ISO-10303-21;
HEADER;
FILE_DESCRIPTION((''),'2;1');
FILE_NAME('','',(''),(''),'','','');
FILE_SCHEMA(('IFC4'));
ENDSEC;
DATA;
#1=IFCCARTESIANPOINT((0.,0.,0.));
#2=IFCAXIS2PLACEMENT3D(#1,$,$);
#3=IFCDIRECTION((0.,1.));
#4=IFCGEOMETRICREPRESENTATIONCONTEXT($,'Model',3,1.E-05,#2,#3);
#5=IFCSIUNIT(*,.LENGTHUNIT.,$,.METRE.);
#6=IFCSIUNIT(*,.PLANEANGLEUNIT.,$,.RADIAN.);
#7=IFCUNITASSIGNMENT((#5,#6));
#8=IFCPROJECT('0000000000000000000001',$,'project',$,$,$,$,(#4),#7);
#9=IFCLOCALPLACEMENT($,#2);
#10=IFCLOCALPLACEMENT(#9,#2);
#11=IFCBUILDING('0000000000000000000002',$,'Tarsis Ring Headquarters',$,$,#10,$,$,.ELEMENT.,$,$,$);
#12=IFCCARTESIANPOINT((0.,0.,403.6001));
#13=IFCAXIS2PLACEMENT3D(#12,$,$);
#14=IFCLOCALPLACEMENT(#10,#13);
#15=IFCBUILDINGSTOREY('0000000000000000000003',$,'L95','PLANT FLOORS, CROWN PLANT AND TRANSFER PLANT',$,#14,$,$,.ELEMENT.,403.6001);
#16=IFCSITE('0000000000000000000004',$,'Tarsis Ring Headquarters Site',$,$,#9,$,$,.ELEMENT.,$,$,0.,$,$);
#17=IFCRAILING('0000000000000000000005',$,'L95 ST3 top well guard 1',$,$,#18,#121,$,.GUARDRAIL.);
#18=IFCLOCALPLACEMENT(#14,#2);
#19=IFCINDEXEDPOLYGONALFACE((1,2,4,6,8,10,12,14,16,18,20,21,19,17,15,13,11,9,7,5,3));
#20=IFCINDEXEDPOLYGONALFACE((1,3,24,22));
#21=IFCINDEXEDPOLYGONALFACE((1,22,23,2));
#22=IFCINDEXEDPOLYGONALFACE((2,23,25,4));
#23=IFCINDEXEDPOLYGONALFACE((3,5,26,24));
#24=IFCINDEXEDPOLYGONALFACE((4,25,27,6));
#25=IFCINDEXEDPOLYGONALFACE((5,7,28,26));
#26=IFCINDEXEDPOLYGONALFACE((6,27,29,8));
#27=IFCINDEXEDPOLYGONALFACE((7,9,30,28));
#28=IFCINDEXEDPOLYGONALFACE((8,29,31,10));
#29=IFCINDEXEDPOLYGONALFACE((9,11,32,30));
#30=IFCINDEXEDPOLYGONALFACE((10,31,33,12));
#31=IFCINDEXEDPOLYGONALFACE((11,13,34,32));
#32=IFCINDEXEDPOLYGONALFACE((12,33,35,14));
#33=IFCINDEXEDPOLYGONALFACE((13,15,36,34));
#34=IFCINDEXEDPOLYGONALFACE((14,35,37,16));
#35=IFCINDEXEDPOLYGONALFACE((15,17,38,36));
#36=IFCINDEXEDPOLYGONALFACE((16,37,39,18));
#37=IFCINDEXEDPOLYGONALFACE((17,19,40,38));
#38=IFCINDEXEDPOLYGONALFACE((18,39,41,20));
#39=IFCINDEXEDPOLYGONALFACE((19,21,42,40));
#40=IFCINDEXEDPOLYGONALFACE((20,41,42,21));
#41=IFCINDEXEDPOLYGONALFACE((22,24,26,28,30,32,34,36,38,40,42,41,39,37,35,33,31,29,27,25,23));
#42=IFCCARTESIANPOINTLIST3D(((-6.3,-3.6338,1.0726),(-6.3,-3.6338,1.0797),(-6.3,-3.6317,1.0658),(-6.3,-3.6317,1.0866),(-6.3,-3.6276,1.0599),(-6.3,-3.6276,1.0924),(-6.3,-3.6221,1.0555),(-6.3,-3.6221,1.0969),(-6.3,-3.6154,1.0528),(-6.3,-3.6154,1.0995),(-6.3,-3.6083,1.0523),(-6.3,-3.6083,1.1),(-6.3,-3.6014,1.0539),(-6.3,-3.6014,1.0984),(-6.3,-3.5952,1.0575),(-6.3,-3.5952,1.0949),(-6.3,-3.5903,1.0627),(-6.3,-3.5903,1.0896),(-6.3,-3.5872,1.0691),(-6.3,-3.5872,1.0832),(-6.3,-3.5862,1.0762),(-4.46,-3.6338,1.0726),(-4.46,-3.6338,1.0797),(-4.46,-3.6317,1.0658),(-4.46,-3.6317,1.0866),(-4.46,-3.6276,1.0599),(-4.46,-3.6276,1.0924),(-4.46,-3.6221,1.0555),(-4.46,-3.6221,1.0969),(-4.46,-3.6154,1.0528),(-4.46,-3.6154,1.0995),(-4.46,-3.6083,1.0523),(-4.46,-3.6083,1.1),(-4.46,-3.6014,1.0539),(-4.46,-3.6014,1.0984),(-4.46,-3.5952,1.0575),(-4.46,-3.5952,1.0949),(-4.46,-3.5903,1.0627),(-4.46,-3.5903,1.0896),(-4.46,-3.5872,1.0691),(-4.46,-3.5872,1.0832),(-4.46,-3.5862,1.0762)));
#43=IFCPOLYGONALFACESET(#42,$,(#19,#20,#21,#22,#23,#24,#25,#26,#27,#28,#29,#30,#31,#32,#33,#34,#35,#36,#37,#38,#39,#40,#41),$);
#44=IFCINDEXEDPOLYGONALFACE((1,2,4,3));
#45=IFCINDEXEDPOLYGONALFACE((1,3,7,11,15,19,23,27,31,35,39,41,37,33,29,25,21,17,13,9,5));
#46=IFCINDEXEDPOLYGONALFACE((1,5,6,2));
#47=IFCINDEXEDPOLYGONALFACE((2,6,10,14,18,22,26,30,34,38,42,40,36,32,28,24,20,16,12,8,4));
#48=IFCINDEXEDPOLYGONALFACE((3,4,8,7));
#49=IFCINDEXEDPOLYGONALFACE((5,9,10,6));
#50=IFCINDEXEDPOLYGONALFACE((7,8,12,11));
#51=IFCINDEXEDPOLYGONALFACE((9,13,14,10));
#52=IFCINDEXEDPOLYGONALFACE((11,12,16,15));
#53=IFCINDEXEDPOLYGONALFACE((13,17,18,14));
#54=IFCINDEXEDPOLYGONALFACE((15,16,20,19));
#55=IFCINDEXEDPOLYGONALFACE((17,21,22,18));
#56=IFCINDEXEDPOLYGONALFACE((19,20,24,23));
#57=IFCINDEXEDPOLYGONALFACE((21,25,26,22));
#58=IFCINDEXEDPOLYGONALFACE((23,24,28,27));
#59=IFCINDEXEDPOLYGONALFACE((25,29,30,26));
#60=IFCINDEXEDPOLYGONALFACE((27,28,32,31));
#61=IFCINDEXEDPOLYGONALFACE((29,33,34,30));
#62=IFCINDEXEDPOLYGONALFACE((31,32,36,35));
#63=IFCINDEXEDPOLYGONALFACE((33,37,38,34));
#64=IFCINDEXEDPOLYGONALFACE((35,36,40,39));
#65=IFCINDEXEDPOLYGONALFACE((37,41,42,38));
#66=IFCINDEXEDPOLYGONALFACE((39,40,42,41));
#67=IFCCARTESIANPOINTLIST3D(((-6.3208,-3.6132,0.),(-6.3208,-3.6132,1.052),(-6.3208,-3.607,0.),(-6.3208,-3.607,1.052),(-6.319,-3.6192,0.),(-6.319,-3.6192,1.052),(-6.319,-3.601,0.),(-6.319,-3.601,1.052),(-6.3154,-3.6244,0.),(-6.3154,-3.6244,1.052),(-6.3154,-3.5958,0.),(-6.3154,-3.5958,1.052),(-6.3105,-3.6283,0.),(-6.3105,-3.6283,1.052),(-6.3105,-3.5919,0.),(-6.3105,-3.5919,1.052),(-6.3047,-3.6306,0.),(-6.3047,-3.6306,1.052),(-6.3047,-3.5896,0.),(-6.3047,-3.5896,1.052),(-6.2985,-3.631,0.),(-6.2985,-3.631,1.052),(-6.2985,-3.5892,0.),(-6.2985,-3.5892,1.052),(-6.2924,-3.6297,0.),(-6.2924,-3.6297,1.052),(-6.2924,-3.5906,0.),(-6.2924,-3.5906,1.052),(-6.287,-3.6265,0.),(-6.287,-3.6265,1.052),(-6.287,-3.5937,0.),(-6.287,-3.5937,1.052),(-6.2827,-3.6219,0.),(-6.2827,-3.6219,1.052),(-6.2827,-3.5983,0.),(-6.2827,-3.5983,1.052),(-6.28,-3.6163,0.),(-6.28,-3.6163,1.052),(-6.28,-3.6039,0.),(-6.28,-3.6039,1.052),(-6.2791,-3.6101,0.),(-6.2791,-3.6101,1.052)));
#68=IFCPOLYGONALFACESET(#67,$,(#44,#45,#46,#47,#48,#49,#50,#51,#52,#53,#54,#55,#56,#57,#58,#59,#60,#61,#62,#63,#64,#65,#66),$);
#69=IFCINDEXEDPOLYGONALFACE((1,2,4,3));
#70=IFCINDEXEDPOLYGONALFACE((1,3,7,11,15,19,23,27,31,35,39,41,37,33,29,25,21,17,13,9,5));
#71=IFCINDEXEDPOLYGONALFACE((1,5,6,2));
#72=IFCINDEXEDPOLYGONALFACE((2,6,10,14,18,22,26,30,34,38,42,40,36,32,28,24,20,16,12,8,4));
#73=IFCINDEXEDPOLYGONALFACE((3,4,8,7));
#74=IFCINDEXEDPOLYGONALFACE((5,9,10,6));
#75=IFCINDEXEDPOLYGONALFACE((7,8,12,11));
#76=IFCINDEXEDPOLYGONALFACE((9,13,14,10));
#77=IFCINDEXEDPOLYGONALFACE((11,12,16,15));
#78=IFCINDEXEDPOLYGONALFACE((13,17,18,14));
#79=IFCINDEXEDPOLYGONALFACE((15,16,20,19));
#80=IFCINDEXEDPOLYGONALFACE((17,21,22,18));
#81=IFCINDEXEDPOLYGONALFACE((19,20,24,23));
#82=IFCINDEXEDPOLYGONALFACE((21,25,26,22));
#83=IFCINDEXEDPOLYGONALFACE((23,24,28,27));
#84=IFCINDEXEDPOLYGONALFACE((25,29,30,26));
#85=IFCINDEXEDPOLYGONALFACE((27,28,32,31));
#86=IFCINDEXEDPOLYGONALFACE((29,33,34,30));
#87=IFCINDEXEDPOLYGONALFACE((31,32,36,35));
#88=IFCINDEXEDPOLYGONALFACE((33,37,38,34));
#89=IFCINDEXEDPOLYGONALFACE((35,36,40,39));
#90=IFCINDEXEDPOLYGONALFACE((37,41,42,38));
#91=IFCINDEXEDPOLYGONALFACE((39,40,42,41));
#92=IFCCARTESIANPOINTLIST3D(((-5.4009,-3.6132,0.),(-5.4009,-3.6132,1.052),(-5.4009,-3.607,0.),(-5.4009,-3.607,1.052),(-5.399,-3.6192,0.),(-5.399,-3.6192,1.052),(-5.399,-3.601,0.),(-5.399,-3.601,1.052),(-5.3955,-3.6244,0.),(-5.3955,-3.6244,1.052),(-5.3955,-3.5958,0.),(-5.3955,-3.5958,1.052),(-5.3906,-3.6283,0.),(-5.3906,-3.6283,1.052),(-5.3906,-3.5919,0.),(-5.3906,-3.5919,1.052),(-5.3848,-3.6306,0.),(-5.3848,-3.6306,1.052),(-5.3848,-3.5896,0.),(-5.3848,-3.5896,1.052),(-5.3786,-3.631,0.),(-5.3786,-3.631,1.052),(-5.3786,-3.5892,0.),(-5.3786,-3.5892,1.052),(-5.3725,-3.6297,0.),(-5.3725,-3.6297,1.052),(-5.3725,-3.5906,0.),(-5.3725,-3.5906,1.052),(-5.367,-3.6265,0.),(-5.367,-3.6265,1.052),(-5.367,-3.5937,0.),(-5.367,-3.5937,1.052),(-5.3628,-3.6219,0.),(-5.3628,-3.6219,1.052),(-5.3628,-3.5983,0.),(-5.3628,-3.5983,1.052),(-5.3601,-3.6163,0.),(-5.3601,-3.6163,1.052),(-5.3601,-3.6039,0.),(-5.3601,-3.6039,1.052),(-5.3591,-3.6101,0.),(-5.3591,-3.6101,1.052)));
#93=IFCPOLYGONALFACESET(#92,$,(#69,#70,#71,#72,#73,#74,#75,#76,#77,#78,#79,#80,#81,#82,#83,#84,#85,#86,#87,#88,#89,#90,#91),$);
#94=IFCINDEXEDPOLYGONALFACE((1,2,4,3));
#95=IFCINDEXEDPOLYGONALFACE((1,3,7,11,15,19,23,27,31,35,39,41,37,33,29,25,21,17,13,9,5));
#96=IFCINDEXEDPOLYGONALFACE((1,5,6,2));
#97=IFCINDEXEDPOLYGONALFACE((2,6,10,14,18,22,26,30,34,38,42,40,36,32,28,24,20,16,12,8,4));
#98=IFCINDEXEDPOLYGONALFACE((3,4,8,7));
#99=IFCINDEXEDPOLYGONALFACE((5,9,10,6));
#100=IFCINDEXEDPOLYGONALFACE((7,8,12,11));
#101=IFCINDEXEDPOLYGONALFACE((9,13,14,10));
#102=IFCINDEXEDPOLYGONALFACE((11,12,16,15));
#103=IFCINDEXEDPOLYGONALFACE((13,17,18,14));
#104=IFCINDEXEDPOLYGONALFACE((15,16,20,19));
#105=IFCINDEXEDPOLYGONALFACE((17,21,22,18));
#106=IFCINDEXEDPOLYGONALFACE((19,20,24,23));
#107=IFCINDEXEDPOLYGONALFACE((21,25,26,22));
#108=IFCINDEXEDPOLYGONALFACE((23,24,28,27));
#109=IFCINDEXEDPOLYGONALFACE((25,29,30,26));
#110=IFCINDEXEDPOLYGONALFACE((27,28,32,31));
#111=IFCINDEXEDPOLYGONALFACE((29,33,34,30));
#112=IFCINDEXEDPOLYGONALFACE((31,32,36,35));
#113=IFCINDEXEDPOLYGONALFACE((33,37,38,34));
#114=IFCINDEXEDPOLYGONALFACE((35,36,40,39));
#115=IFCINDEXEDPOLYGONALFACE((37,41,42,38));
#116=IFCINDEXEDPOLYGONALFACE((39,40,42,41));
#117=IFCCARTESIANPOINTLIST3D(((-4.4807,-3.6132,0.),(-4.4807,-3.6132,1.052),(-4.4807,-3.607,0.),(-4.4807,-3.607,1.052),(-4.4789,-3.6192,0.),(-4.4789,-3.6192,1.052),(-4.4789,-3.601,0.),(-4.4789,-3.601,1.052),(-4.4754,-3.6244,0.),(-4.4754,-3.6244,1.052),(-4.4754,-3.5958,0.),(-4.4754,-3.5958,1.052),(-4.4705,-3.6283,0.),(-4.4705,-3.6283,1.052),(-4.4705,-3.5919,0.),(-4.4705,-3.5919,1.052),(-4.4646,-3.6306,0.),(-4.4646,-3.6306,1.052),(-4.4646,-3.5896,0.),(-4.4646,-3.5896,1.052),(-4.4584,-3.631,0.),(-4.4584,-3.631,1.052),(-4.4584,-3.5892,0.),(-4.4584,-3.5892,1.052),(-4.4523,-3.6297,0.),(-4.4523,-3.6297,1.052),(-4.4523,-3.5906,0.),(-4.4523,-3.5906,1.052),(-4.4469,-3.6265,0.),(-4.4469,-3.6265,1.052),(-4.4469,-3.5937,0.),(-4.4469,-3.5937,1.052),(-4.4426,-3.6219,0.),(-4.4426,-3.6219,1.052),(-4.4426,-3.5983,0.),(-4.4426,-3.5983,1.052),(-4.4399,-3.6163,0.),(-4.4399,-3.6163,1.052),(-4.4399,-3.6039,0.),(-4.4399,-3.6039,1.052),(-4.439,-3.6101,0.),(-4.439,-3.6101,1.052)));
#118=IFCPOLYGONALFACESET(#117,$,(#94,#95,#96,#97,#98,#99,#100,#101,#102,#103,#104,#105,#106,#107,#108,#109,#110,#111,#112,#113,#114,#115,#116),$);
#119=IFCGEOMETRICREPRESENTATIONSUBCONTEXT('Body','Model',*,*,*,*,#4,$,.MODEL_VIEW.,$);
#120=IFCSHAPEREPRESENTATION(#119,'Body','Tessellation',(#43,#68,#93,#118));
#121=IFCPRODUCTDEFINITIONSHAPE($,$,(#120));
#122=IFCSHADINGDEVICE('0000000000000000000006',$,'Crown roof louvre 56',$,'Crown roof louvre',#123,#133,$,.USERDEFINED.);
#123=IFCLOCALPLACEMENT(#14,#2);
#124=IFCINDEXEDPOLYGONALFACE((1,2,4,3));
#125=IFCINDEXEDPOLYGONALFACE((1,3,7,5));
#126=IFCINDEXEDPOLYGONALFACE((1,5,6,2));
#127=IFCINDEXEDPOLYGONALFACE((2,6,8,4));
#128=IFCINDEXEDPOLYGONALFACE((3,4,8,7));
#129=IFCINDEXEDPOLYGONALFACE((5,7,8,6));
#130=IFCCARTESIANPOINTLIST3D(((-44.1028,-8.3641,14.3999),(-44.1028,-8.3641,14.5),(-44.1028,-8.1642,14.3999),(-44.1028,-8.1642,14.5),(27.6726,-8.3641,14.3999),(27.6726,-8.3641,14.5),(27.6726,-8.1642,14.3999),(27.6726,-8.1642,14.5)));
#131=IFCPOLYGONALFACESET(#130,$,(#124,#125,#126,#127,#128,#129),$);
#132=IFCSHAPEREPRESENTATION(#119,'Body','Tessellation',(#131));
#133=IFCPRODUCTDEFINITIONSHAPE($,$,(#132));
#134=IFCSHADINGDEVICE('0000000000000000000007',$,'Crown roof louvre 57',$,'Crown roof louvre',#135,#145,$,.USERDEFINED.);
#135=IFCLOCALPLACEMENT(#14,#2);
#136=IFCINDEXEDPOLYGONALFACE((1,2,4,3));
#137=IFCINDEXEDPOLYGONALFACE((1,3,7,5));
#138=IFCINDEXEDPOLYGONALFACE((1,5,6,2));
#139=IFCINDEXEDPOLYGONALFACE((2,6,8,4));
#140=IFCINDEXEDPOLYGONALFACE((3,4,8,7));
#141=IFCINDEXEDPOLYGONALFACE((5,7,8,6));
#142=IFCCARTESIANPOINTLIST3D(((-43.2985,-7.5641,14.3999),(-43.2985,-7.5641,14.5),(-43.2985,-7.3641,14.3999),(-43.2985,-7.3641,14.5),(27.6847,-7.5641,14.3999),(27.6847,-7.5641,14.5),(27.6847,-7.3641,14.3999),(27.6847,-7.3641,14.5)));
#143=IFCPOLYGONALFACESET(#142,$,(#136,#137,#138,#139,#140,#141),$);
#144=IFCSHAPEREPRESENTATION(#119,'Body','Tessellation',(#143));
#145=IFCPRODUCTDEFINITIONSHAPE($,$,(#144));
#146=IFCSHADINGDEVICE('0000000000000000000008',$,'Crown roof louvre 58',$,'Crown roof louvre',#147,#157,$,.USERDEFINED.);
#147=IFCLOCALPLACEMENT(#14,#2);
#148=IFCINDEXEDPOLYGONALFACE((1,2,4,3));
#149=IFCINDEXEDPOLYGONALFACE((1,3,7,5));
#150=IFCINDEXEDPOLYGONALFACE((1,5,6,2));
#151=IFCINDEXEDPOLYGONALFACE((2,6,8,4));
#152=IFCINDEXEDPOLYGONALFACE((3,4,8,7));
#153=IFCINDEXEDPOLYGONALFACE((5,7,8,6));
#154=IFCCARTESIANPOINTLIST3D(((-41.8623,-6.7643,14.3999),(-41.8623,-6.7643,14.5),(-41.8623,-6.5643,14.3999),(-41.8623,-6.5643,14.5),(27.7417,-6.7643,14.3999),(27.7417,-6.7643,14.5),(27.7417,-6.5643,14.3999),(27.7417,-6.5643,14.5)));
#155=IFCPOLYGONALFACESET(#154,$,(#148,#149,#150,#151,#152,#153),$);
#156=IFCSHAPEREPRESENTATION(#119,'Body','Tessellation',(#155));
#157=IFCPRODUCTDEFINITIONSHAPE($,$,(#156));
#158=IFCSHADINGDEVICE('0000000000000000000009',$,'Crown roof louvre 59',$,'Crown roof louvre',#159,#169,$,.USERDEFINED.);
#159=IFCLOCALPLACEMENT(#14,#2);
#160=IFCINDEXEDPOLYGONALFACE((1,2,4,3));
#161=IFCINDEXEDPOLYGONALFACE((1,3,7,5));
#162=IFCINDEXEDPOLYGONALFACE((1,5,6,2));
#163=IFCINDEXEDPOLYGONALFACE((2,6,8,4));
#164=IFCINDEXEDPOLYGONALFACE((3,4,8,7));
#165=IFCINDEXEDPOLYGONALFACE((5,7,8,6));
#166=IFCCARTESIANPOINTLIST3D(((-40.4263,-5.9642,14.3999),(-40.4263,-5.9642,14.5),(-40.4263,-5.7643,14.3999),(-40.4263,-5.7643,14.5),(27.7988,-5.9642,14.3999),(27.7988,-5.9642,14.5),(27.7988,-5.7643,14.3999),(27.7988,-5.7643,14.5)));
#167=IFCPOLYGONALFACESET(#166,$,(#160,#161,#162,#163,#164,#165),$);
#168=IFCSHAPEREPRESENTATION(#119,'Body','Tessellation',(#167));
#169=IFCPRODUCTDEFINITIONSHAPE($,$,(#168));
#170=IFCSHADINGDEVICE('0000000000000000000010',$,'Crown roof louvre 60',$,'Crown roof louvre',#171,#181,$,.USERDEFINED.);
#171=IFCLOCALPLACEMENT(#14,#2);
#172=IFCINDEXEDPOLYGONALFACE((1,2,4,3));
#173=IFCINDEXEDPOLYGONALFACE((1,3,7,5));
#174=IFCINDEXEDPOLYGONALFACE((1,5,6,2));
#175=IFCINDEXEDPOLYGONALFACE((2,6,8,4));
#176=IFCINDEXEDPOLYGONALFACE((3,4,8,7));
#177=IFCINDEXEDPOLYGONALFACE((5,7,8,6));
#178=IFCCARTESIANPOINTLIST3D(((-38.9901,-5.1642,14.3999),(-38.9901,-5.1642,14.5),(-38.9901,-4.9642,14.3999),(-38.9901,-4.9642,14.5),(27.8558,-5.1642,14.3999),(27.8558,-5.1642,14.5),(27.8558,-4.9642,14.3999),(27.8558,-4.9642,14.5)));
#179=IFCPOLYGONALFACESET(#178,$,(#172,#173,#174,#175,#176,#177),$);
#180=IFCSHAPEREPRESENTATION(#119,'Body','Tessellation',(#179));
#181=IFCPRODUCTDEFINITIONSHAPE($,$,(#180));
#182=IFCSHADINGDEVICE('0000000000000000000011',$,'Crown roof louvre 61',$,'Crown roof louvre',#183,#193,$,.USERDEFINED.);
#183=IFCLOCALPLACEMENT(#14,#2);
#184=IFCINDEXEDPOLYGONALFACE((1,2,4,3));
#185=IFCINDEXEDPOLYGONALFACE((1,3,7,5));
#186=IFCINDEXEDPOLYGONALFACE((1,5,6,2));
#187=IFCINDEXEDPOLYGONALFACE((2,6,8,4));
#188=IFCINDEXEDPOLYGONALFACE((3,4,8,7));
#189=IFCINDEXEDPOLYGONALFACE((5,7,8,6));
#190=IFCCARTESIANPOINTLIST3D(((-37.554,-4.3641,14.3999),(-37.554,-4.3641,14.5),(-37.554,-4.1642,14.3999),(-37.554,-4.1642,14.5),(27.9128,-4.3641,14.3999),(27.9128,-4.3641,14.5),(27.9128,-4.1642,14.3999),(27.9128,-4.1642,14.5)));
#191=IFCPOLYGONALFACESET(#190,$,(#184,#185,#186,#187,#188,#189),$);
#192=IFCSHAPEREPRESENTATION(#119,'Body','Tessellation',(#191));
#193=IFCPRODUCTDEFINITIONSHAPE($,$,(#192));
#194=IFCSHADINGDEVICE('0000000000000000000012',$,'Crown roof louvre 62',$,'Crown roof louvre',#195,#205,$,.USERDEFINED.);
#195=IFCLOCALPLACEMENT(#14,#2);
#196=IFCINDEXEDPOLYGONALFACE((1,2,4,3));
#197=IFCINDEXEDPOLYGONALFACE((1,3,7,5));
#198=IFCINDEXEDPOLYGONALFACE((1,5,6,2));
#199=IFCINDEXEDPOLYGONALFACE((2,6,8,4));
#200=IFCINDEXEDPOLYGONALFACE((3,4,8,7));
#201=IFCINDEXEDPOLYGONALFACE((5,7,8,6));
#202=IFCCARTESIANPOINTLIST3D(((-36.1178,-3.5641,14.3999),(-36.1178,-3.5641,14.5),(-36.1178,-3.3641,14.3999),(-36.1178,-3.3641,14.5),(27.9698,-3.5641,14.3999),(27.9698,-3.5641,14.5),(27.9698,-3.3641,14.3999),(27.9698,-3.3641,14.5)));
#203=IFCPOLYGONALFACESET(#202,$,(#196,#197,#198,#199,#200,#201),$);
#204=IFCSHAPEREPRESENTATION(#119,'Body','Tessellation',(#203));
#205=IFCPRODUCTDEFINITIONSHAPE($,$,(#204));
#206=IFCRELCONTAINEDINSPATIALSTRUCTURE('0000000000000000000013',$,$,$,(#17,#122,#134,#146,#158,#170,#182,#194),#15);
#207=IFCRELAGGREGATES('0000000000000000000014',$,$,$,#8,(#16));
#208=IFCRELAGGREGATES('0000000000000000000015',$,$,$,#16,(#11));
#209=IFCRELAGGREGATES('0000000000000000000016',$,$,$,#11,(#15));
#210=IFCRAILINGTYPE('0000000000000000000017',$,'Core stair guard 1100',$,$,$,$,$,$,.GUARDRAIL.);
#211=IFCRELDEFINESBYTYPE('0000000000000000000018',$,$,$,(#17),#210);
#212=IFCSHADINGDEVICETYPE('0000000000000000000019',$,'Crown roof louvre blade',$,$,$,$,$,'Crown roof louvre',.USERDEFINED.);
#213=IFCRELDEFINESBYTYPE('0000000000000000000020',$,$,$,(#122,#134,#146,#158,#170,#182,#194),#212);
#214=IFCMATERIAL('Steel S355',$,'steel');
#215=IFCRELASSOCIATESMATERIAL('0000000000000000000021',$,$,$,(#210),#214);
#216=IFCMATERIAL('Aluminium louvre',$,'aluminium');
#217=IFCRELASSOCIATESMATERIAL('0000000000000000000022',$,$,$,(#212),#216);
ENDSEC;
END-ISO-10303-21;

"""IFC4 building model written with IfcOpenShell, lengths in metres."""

from ifc_helpers import new_model, si_unit, direction, frame, origin, origin_2d, place, context, subcontext, project, spatial, rectangle, circle, extrude, material, type_object, element, save


model = new_model("IFC4")

# Units and contexts
model_context = context("Model", 3, precision=1e-05, world=origin(), true_north=direction((0.0, 1.0)))
body_context = subcontext(model_context, "Body", "Model", "MODEL_VIEW")
ifc_project = project(units=[si_unit("LENGTHUNIT", "METRE"), si_unit("PLANEANGLEUNIT", "RADIAN")], contexts=[model_context])

# Site, building, storey
site_placement = place(None, origin())
site = spatial("IfcSite", under=ifc_project, at=site_placement, Name="Tarsis Ring Headquarters Site", CompositionType="ELEMENT", RefElevation=0.0)
building_placement = place(site_placement, origin())
building = spatial("IfcBuilding", under=site, at=building_placement, Name="Tarsis Ring Headquarters", CompositionType="ELEMENT")
storey_placement = place(building_placement, frame((0.0, 0.0, 403.6001)))
storey = spatial("IfcBuildingStorey", under=building, at=storey_placement, Name="L95", Description="PLANT FLOORS, CROWN PLANT AND TRANSFER PLANT", CompositionType="ELEMENT", Elevation=403.6001)

# Shared definitions
ifc_material_1 = material(Name="Steel S355", Category="steel")

# Railing
railing_type = type_object("IfcRailingType", Name="Core stair guard 1100", PredefinedType="GUARDRAIL", material=ifc_material_1)
railing_placement = place(storey_placement, frame((-6.3, -3.6101, 0.0)))
element("IfcRailing", 1, at=railing_placement, inside=storey, type_object=railing_type, Name="L95 ST3 top well guard 1", PredefinedType="GUARDRAIL", context=body_context, shape_type="SweptSolid", body=[
    extrude(circle(Radius=0.0239, at=origin_2d()), frame((0.0, 0.0, 1.0762), z_axis=(1.0, 0.0, 0.0), x_axis=(0.0, 1.0, 0.0)), (0.0, 0.0, 1.0), 1.8401),
    extrude(circle(Radius=0.021, at=origin_2d()), origin(), (0.0, 0.0, 1.0), 1.052),
    extrude(circle(Radius=0.021, at=origin_2d()), frame((0.9199, 0.0, 0.0)), (0.0, 0.0, 1.0), 1.052),
    extrude(circle(Radius=0.021, at=origin_2d()), frame((1.8401, 0.0, 0.0)), (0.0, 0.0, 1.0), 1.052),
])

# Shading devices
ifc_material_2 = material(Name="Aluminium louvre", Category="aluminium")
shading_device_type = type_object("IfcShadingDeviceType", Name="Crown roof louvre blade", ElementType="Crown roof louvre", PredefinedType="USERDEFINED", material=ifc_material_2)
shading_device_1_placement = place(storey_placement, frame((-8.2151, -8.2642, 14.3999), z_axis=(0.0, 0.0, 1.0), x_axis=(1.0, 0.0, 0.0)))
element("IfcShadingDevice", 2, at=shading_device_1_placement, inside=storey, type_object=shading_device_type, Name="Crown roof louvre 56", ObjectType="Crown roof louvre", PredefinedType="USERDEFINED", context=body_context, shape_type="SweptSolid", body=[
    extrude(rectangle(XDim=71.7754, YDim=0.2, at=origin_2d()), origin(), (0.0, 0.0, 1.0), 0.1001),
])
shading_device_2_placement = place(storey_placement, frame((-7.8069, -7.4641, 14.3999), z_axis=(0.0, 0.0, 1.0), x_axis=(1.0, 0.0, 0.0)))
element("IfcShadingDevice", 3, at=shading_device_2_placement, inside=storey, type_object=shading_device_type, Name="Crown roof louvre 57", ObjectType="Crown roof louvre", PredefinedType="USERDEFINED", context=body_context, shape_type="SweptSolid", body=[
    extrude(rectangle(XDim=70.9832, YDim=0.2, at=origin_2d()), origin(), (0.0, 0.0, 1.0), 0.1001),
])
shading_device_3_placement = place(storey_placement, frame((-7.0603, -6.6643, 14.3999), z_axis=(0.0, 0.0, 1.0), x_axis=(1.0, 0.0, 0.0)))
element("IfcShadingDevice", 4, at=shading_device_3_placement, inside=storey, type_object=shading_device_type, Name="Crown roof louvre 58", ObjectType="Crown roof louvre", PredefinedType="USERDEFINED", context=body_context, shape_type="SweptSolid", body=[
    extrude(rectangle(XDim=69.604, YDim=0.2, at=origin_2d()), origin(), (0.0, 0.0, 1.0), 0.1001),
])
shading_device_4_placement = place(storey_placement, frame((-6.3137, -5.8643, 14.3999), z_axis=(0.0, 0.0, 1.0), x_axis=(1.0, 0.0, 0.0)))
element("IfcShadingDevice", 5, at=shading_device_4_placement, inside=storey, type_object=shading_device_type, Name="Crown roof louvre 59", ObjectType="Crown roof louvre", PredefinedType="USERDEFINED", context=body_context, shape_type="SweptSolid", body=[
    extrude(rectangle(XDim=68.2251, YDim=0.2, at=origin_2d()), origin(), (0.0, 0.0, 1.0), 0.1001),
])
shading_device_5_placement = place(storey_placement, frame((-5.5671, -5.0642, 14.3999), z_axis=(0.0, 0.0, 1.0), x_axis=(1.0, 0.0, 0.0)))
element("IfcShadingDevice", 6, at=shading_device_5_placement, inside=storey, type_object=shading_device_type, Name="Crown roof louvre 60", ObjectType="Crown roof louvre", PredefinedType="USERDEFINED", context=body_context, shape_type="SweptSolid", body=[
    extrude(rectangle(XDim=66.8459, YDim=0.2, at=origin_2d()), origin(), (0.0, 0.0, 1.0), 0.1001),
])
shading_device_6_placement = place(storey_placement, frame((-4.8206, -4.2642, 14.3999), z_axis=(0.0, 0.0, 1.0), x_axis=(1.0, 0.0, 0.0)))
element("IfcShadingDevice", 7, at=shading_device_6_placement, inside=storey, type_object=shading_device_type, Name="Crown roof louvre 61", ObjectType="Crown roof louvre", PredefinedType="USERDEFINED", context=body_context, shape_type="SweptSolid", body=[
    extrude(rectangle(XDim=65.4668, YDim=0.2, at=origin_2d()), origin(), (0.0, 0.0, 1.0), 0.1001),
])
shading_device_7_placement = place(storey_placement, frame((-4.074, -3.4641, 14.3999), z_axis=(0.0, 0.0, 1.0), x_axis=(1.0, 0.0, 0.0)))
element("IfcShadingDevice", 8, at=shading_device_7_placement, inside=storey, type_object=shading_device_type, Name="Crown roof louvre 62", ObjectType="Crown roof louvre", PredefinedType="USERDEFINED", context=body_context, shape_type="SweptSolid", body=[
    extrude(rectangle(XDim=64.0876, YDim=0.2, at=origin_2d()), origin(), (0.0, 0.0, 1.0), 0.1001),
])

save(model, "model.ifc")
